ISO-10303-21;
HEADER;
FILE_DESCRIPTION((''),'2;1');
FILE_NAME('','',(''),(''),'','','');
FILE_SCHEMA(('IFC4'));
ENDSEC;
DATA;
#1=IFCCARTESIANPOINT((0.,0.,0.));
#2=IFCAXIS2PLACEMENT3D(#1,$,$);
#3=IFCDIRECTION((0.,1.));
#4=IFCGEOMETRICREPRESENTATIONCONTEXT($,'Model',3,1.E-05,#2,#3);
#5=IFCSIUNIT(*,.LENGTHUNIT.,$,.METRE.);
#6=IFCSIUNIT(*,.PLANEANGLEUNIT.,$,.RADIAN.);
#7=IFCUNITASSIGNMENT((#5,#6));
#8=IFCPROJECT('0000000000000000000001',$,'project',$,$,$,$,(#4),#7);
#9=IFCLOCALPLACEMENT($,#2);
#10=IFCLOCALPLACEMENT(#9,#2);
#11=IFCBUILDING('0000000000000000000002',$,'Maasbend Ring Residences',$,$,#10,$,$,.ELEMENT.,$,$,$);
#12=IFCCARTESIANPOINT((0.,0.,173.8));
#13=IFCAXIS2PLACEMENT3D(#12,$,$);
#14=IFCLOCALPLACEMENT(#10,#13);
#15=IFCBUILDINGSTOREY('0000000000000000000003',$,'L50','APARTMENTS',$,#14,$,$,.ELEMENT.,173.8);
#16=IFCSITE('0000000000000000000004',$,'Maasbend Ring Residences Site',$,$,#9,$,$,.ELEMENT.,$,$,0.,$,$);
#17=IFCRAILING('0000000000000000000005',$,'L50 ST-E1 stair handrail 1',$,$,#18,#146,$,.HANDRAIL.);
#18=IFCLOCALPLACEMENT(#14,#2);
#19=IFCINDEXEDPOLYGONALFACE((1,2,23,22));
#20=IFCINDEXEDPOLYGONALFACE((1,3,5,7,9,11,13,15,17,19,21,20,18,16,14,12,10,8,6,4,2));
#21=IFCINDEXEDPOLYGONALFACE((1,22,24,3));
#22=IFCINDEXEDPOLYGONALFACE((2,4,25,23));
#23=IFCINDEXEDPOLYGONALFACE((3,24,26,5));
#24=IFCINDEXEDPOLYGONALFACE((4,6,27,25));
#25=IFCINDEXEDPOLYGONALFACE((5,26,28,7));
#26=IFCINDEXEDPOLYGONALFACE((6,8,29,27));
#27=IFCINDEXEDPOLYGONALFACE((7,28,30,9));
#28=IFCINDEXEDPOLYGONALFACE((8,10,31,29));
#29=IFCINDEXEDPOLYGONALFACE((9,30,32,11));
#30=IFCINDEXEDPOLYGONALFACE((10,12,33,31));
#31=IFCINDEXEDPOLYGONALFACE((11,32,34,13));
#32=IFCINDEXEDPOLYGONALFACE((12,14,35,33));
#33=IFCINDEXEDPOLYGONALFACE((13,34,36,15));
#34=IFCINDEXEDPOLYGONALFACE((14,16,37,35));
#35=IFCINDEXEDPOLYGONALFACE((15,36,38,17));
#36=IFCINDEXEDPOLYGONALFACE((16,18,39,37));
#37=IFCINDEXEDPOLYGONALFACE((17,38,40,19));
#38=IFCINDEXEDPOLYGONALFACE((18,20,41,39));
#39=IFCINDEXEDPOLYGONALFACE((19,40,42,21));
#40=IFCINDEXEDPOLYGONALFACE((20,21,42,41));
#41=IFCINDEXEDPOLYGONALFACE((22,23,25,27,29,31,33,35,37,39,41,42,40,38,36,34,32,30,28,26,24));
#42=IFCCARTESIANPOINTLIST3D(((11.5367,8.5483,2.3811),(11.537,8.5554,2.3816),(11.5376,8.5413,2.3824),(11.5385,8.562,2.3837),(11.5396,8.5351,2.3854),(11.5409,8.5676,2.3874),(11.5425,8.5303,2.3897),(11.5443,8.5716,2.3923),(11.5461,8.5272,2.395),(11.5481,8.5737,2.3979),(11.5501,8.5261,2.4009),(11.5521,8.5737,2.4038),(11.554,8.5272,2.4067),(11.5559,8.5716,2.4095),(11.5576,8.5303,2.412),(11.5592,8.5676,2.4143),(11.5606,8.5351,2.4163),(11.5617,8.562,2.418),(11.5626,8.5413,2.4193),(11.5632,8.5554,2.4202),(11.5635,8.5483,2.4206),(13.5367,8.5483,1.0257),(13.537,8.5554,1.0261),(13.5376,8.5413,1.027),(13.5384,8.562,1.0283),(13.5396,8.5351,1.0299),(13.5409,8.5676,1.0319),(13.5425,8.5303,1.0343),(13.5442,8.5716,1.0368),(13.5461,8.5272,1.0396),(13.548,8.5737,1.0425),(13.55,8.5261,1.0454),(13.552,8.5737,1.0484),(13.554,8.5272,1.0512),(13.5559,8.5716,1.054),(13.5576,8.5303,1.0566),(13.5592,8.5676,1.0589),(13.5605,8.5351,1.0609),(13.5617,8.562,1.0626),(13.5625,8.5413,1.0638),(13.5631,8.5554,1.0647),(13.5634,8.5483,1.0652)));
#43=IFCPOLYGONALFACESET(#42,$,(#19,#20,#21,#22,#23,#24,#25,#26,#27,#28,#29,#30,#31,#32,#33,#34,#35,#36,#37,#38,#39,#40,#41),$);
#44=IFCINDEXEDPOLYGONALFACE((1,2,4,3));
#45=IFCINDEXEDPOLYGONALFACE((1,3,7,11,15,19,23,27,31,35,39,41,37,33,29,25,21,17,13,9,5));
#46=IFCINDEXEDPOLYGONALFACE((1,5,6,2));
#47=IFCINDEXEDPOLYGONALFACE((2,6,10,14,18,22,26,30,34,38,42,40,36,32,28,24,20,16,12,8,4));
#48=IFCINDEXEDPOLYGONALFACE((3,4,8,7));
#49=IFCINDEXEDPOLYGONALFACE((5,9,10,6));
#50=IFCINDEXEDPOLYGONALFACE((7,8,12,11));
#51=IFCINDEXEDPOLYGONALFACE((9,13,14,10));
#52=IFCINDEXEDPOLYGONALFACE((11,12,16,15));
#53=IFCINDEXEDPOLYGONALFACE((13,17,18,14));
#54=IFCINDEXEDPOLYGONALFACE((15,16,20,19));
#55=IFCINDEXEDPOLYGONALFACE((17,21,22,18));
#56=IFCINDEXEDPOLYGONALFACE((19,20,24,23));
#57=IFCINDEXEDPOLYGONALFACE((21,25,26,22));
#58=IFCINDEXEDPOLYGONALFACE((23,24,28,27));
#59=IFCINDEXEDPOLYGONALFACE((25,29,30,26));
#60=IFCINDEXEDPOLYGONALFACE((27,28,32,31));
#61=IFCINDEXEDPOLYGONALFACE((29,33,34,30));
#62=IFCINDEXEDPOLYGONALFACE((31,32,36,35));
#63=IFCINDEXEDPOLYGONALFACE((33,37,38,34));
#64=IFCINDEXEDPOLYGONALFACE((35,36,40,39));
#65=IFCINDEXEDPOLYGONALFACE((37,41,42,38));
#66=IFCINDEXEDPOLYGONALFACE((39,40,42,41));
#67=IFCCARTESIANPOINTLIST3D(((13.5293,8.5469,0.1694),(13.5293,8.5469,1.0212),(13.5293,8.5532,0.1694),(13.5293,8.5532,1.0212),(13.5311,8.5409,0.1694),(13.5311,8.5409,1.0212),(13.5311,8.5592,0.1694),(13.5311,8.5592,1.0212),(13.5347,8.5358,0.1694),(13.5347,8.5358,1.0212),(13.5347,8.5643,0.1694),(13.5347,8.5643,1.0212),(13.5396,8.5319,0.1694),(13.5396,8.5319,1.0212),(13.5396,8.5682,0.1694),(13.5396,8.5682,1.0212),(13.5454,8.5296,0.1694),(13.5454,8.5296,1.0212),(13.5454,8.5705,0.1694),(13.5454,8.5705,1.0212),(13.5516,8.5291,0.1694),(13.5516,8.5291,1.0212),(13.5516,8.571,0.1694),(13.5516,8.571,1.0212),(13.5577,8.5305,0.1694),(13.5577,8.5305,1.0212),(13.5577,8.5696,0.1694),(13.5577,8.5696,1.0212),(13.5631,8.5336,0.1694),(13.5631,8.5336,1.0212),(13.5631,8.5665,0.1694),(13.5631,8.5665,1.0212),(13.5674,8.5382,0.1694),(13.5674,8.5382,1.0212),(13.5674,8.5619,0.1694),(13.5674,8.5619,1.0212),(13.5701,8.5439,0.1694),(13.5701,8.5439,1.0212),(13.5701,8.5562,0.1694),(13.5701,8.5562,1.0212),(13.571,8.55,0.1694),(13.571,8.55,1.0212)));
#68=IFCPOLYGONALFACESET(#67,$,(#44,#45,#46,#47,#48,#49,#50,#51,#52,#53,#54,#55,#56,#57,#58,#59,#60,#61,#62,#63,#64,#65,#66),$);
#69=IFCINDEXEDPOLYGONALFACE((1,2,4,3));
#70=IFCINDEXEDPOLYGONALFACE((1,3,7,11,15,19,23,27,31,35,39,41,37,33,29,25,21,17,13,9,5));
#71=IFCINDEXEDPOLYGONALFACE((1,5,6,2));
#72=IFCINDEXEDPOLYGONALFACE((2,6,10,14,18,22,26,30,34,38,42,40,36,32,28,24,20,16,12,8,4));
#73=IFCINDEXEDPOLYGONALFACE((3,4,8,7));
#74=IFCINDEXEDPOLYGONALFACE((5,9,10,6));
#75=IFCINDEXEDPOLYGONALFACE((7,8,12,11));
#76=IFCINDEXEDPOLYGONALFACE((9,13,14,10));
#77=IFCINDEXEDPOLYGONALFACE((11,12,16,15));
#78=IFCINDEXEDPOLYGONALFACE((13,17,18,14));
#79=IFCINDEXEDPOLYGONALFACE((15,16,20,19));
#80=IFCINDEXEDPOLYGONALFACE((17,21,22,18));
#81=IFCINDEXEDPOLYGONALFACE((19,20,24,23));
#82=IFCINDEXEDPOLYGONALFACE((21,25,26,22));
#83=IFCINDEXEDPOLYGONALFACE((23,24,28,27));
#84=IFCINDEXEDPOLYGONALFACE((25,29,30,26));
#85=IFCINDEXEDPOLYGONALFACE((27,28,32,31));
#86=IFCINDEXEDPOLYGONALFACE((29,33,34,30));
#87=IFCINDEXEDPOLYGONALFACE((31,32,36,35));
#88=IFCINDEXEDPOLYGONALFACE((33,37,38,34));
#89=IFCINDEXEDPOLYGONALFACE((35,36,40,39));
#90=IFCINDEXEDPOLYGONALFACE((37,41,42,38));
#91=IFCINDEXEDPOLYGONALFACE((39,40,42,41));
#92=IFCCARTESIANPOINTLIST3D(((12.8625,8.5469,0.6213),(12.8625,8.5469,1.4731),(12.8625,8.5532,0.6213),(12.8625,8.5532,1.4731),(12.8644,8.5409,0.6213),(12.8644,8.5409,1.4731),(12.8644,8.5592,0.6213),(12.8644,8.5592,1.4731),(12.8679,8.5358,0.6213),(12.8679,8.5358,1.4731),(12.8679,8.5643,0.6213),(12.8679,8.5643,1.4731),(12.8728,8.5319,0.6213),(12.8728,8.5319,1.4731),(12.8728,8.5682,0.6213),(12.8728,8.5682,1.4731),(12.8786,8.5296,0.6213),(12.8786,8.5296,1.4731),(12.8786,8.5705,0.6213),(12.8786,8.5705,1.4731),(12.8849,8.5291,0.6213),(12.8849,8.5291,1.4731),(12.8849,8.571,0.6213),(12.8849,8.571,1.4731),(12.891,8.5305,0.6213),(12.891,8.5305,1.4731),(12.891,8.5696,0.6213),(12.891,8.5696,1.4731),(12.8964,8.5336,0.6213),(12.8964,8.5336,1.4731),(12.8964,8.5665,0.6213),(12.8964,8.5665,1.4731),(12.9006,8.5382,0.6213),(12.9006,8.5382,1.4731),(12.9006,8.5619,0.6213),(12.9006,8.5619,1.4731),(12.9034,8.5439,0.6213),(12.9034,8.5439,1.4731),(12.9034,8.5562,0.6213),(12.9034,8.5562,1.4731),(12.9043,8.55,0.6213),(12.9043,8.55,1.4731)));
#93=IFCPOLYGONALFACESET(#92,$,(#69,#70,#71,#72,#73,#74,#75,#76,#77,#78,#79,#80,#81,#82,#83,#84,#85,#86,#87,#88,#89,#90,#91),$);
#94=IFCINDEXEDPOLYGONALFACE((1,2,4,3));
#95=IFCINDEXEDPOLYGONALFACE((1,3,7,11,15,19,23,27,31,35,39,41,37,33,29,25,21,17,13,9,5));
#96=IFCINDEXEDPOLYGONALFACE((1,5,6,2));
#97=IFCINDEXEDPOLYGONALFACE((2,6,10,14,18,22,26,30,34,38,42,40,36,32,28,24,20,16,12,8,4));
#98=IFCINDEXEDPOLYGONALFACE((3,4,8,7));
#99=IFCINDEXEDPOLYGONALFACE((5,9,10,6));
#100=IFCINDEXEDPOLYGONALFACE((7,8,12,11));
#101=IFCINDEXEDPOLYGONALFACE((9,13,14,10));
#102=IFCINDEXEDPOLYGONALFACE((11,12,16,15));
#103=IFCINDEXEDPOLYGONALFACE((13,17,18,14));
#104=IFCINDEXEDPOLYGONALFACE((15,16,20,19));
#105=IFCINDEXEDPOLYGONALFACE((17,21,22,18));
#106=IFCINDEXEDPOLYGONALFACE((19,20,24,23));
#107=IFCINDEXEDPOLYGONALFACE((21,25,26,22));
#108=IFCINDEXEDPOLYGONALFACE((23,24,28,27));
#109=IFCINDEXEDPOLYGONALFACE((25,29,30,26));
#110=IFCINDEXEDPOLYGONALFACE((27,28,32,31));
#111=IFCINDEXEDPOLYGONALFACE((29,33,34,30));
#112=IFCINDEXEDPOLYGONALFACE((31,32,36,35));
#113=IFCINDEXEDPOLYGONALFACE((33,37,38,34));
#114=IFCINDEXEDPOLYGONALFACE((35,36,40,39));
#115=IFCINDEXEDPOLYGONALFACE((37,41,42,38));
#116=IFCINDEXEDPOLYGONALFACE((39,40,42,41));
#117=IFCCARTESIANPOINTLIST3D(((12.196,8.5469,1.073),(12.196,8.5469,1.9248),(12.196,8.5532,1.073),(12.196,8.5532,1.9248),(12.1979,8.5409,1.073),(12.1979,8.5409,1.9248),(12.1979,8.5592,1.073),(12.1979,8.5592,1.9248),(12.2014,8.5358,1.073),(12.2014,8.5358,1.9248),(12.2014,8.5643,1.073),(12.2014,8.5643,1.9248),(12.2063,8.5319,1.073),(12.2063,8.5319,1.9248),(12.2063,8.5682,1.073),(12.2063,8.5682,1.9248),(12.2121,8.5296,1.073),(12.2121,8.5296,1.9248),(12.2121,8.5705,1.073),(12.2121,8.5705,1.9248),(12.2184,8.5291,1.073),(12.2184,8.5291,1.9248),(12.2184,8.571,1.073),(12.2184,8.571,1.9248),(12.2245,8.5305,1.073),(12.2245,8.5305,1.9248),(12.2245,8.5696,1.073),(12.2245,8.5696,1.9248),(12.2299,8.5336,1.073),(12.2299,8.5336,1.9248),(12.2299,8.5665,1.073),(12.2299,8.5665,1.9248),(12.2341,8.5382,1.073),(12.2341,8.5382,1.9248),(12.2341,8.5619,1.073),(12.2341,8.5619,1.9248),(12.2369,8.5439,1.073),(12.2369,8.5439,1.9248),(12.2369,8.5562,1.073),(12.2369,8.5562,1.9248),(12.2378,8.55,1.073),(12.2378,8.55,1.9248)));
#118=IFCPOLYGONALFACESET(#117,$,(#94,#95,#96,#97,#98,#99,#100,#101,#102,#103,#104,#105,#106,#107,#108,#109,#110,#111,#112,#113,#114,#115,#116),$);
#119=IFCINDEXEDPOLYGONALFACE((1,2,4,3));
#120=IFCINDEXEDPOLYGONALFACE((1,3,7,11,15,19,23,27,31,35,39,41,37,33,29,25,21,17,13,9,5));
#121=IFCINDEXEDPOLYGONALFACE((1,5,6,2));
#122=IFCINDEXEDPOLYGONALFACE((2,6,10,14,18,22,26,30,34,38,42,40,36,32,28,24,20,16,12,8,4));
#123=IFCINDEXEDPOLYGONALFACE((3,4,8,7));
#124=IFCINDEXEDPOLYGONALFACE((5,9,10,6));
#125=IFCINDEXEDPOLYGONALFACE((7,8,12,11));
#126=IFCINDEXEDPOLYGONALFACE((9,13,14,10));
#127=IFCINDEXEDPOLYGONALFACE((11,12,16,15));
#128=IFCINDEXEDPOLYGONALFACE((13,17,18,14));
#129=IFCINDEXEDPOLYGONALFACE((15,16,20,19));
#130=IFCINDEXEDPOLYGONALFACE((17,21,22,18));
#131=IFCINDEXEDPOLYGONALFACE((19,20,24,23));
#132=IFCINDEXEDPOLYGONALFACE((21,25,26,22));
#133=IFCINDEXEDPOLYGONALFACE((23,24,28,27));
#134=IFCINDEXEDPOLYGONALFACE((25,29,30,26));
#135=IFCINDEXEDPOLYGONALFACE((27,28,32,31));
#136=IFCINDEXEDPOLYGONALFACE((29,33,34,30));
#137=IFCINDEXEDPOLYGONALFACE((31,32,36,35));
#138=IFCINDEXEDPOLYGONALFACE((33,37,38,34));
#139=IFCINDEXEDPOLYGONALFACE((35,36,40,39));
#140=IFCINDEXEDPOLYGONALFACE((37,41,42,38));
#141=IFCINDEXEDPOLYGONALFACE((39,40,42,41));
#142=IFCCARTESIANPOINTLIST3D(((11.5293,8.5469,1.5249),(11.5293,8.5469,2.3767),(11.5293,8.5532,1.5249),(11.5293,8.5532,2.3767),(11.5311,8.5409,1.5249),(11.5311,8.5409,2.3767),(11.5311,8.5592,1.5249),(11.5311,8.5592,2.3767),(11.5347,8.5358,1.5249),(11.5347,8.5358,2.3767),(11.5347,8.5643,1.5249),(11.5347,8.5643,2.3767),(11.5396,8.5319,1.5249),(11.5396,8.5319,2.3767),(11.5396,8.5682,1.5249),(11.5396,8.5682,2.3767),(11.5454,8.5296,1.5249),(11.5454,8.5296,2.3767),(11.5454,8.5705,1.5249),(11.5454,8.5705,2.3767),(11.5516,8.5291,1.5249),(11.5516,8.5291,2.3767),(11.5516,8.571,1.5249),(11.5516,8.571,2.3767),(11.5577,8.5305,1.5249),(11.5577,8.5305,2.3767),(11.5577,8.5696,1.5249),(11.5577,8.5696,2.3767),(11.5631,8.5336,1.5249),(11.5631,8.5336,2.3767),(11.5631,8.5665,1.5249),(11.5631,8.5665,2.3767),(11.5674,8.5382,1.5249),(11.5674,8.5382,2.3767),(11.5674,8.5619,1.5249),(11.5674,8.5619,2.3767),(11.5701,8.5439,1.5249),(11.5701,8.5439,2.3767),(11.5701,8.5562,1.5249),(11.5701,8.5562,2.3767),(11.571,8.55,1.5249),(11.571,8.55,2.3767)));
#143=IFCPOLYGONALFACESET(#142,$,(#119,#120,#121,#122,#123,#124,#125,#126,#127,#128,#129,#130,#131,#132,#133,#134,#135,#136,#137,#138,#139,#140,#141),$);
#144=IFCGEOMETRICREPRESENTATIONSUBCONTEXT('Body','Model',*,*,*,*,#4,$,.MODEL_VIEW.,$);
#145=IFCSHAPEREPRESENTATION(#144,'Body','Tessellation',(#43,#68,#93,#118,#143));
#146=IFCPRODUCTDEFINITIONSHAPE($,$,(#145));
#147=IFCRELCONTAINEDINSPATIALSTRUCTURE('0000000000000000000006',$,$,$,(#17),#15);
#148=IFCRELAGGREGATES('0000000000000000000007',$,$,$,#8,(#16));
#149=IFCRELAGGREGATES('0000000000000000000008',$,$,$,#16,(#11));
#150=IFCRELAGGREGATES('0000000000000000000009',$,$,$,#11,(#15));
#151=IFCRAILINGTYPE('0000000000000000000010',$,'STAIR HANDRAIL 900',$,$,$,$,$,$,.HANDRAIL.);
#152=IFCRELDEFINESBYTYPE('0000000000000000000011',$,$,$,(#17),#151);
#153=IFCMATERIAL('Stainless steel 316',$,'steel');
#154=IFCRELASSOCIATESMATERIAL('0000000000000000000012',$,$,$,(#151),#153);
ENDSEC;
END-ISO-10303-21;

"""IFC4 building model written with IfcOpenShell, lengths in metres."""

from ifc_helpers import new_model, si_unit, direction, frame, origin, origin_2d, place, context, subcontext, project, spatial, circle, extrude, material, type_object, element, save


model = new_model("IFC4")

# Units and contexts
model_context = context("Model", 3, precision=1e-05, world=origin(), true_north=direction((0.0, 1.0)))
body_context = subcontext(model_context, "Body", "Model", "MODEL_VIEW")
ifc_project = project(units=[si_unit("LENGTHUNIT", "METRE"), si_unit("PLANEANGLEUNIT", "RADIAN")], contexts=[model_context])

# Site, building, storey
site_placement = place(None, origin())
site = spatial("IfcSite", under=ifc_project, at=site_placement, Name="Maasbend Ring Residences Site", CompositionType="ELEMENT", RefElevation=0.0)
building_placement = place(site_placement, origin())
building = spatial("IfcBuilding", under=site, at=building_placement, Name="Maasbend Ring Residences", CompositionType="ELEMENT")
storey_placement = place(building_placement, frame((0.0, 0.0, 173.8)))
storey = spatial("IfcBuildingStorey", under=building, at=storey_placement, Name="L50", Description="APARTMENTS", CompositionType="ELEMENT", Elevation=173.8)

# Railing
ifc_material_1 = material(Name="Stainless steel 316", Category="steel")
railing_type = type_object("IfcRailingType", Name="STAIR HANDRAIL 900", PredefinedType="HANDRAIL", material=ifc_material_1)
railing_1_placement = place(storey_placement, frame((13.55, 8.55, 0.1694)))
element("IfcRailing", 1, at=railing_1_placement, inside=storey, type_object=railing_type, Name="L50 ST-E1 stair handrail 1", PredefinedType="HANDRAIL", context=body_context, shape_type="SweptSolid", body=[
    extrude(circle(Radius=0.0239, at=origin_2d()), frame((0.0, 0.0, 0.876), z_axis=(-0.827798, 0.0, 0.561027), x_axis=(0.0, -1.0, 0.0)), (0.0, 0.0, 1.0), 2.416),
    extrude(circle(Radius=0.021, at=origin_2d()), origin(), (0.0, 0.0, 1.0), 0.8518),
    extrude(circle(Radius=0.021, at=origin_2d()), frame((-0.6667, 0.0, 0.4519)), (0.0, 0.0, 1.0), 0.8518),
    extrude(circle(Radius=0.021, at=origin_2d()), frame((-1.3333, 0.0, 0.9036)), (0.0, 0.0, 1.0), 0.8518),
    extrude(circle(Radius=0.021, at=origin_2d()), frame((-2.0, 0.0, 1.3555)), (0.0, 0.0, 1.0), 0.8518),
])

save(model, "model.ifc")
